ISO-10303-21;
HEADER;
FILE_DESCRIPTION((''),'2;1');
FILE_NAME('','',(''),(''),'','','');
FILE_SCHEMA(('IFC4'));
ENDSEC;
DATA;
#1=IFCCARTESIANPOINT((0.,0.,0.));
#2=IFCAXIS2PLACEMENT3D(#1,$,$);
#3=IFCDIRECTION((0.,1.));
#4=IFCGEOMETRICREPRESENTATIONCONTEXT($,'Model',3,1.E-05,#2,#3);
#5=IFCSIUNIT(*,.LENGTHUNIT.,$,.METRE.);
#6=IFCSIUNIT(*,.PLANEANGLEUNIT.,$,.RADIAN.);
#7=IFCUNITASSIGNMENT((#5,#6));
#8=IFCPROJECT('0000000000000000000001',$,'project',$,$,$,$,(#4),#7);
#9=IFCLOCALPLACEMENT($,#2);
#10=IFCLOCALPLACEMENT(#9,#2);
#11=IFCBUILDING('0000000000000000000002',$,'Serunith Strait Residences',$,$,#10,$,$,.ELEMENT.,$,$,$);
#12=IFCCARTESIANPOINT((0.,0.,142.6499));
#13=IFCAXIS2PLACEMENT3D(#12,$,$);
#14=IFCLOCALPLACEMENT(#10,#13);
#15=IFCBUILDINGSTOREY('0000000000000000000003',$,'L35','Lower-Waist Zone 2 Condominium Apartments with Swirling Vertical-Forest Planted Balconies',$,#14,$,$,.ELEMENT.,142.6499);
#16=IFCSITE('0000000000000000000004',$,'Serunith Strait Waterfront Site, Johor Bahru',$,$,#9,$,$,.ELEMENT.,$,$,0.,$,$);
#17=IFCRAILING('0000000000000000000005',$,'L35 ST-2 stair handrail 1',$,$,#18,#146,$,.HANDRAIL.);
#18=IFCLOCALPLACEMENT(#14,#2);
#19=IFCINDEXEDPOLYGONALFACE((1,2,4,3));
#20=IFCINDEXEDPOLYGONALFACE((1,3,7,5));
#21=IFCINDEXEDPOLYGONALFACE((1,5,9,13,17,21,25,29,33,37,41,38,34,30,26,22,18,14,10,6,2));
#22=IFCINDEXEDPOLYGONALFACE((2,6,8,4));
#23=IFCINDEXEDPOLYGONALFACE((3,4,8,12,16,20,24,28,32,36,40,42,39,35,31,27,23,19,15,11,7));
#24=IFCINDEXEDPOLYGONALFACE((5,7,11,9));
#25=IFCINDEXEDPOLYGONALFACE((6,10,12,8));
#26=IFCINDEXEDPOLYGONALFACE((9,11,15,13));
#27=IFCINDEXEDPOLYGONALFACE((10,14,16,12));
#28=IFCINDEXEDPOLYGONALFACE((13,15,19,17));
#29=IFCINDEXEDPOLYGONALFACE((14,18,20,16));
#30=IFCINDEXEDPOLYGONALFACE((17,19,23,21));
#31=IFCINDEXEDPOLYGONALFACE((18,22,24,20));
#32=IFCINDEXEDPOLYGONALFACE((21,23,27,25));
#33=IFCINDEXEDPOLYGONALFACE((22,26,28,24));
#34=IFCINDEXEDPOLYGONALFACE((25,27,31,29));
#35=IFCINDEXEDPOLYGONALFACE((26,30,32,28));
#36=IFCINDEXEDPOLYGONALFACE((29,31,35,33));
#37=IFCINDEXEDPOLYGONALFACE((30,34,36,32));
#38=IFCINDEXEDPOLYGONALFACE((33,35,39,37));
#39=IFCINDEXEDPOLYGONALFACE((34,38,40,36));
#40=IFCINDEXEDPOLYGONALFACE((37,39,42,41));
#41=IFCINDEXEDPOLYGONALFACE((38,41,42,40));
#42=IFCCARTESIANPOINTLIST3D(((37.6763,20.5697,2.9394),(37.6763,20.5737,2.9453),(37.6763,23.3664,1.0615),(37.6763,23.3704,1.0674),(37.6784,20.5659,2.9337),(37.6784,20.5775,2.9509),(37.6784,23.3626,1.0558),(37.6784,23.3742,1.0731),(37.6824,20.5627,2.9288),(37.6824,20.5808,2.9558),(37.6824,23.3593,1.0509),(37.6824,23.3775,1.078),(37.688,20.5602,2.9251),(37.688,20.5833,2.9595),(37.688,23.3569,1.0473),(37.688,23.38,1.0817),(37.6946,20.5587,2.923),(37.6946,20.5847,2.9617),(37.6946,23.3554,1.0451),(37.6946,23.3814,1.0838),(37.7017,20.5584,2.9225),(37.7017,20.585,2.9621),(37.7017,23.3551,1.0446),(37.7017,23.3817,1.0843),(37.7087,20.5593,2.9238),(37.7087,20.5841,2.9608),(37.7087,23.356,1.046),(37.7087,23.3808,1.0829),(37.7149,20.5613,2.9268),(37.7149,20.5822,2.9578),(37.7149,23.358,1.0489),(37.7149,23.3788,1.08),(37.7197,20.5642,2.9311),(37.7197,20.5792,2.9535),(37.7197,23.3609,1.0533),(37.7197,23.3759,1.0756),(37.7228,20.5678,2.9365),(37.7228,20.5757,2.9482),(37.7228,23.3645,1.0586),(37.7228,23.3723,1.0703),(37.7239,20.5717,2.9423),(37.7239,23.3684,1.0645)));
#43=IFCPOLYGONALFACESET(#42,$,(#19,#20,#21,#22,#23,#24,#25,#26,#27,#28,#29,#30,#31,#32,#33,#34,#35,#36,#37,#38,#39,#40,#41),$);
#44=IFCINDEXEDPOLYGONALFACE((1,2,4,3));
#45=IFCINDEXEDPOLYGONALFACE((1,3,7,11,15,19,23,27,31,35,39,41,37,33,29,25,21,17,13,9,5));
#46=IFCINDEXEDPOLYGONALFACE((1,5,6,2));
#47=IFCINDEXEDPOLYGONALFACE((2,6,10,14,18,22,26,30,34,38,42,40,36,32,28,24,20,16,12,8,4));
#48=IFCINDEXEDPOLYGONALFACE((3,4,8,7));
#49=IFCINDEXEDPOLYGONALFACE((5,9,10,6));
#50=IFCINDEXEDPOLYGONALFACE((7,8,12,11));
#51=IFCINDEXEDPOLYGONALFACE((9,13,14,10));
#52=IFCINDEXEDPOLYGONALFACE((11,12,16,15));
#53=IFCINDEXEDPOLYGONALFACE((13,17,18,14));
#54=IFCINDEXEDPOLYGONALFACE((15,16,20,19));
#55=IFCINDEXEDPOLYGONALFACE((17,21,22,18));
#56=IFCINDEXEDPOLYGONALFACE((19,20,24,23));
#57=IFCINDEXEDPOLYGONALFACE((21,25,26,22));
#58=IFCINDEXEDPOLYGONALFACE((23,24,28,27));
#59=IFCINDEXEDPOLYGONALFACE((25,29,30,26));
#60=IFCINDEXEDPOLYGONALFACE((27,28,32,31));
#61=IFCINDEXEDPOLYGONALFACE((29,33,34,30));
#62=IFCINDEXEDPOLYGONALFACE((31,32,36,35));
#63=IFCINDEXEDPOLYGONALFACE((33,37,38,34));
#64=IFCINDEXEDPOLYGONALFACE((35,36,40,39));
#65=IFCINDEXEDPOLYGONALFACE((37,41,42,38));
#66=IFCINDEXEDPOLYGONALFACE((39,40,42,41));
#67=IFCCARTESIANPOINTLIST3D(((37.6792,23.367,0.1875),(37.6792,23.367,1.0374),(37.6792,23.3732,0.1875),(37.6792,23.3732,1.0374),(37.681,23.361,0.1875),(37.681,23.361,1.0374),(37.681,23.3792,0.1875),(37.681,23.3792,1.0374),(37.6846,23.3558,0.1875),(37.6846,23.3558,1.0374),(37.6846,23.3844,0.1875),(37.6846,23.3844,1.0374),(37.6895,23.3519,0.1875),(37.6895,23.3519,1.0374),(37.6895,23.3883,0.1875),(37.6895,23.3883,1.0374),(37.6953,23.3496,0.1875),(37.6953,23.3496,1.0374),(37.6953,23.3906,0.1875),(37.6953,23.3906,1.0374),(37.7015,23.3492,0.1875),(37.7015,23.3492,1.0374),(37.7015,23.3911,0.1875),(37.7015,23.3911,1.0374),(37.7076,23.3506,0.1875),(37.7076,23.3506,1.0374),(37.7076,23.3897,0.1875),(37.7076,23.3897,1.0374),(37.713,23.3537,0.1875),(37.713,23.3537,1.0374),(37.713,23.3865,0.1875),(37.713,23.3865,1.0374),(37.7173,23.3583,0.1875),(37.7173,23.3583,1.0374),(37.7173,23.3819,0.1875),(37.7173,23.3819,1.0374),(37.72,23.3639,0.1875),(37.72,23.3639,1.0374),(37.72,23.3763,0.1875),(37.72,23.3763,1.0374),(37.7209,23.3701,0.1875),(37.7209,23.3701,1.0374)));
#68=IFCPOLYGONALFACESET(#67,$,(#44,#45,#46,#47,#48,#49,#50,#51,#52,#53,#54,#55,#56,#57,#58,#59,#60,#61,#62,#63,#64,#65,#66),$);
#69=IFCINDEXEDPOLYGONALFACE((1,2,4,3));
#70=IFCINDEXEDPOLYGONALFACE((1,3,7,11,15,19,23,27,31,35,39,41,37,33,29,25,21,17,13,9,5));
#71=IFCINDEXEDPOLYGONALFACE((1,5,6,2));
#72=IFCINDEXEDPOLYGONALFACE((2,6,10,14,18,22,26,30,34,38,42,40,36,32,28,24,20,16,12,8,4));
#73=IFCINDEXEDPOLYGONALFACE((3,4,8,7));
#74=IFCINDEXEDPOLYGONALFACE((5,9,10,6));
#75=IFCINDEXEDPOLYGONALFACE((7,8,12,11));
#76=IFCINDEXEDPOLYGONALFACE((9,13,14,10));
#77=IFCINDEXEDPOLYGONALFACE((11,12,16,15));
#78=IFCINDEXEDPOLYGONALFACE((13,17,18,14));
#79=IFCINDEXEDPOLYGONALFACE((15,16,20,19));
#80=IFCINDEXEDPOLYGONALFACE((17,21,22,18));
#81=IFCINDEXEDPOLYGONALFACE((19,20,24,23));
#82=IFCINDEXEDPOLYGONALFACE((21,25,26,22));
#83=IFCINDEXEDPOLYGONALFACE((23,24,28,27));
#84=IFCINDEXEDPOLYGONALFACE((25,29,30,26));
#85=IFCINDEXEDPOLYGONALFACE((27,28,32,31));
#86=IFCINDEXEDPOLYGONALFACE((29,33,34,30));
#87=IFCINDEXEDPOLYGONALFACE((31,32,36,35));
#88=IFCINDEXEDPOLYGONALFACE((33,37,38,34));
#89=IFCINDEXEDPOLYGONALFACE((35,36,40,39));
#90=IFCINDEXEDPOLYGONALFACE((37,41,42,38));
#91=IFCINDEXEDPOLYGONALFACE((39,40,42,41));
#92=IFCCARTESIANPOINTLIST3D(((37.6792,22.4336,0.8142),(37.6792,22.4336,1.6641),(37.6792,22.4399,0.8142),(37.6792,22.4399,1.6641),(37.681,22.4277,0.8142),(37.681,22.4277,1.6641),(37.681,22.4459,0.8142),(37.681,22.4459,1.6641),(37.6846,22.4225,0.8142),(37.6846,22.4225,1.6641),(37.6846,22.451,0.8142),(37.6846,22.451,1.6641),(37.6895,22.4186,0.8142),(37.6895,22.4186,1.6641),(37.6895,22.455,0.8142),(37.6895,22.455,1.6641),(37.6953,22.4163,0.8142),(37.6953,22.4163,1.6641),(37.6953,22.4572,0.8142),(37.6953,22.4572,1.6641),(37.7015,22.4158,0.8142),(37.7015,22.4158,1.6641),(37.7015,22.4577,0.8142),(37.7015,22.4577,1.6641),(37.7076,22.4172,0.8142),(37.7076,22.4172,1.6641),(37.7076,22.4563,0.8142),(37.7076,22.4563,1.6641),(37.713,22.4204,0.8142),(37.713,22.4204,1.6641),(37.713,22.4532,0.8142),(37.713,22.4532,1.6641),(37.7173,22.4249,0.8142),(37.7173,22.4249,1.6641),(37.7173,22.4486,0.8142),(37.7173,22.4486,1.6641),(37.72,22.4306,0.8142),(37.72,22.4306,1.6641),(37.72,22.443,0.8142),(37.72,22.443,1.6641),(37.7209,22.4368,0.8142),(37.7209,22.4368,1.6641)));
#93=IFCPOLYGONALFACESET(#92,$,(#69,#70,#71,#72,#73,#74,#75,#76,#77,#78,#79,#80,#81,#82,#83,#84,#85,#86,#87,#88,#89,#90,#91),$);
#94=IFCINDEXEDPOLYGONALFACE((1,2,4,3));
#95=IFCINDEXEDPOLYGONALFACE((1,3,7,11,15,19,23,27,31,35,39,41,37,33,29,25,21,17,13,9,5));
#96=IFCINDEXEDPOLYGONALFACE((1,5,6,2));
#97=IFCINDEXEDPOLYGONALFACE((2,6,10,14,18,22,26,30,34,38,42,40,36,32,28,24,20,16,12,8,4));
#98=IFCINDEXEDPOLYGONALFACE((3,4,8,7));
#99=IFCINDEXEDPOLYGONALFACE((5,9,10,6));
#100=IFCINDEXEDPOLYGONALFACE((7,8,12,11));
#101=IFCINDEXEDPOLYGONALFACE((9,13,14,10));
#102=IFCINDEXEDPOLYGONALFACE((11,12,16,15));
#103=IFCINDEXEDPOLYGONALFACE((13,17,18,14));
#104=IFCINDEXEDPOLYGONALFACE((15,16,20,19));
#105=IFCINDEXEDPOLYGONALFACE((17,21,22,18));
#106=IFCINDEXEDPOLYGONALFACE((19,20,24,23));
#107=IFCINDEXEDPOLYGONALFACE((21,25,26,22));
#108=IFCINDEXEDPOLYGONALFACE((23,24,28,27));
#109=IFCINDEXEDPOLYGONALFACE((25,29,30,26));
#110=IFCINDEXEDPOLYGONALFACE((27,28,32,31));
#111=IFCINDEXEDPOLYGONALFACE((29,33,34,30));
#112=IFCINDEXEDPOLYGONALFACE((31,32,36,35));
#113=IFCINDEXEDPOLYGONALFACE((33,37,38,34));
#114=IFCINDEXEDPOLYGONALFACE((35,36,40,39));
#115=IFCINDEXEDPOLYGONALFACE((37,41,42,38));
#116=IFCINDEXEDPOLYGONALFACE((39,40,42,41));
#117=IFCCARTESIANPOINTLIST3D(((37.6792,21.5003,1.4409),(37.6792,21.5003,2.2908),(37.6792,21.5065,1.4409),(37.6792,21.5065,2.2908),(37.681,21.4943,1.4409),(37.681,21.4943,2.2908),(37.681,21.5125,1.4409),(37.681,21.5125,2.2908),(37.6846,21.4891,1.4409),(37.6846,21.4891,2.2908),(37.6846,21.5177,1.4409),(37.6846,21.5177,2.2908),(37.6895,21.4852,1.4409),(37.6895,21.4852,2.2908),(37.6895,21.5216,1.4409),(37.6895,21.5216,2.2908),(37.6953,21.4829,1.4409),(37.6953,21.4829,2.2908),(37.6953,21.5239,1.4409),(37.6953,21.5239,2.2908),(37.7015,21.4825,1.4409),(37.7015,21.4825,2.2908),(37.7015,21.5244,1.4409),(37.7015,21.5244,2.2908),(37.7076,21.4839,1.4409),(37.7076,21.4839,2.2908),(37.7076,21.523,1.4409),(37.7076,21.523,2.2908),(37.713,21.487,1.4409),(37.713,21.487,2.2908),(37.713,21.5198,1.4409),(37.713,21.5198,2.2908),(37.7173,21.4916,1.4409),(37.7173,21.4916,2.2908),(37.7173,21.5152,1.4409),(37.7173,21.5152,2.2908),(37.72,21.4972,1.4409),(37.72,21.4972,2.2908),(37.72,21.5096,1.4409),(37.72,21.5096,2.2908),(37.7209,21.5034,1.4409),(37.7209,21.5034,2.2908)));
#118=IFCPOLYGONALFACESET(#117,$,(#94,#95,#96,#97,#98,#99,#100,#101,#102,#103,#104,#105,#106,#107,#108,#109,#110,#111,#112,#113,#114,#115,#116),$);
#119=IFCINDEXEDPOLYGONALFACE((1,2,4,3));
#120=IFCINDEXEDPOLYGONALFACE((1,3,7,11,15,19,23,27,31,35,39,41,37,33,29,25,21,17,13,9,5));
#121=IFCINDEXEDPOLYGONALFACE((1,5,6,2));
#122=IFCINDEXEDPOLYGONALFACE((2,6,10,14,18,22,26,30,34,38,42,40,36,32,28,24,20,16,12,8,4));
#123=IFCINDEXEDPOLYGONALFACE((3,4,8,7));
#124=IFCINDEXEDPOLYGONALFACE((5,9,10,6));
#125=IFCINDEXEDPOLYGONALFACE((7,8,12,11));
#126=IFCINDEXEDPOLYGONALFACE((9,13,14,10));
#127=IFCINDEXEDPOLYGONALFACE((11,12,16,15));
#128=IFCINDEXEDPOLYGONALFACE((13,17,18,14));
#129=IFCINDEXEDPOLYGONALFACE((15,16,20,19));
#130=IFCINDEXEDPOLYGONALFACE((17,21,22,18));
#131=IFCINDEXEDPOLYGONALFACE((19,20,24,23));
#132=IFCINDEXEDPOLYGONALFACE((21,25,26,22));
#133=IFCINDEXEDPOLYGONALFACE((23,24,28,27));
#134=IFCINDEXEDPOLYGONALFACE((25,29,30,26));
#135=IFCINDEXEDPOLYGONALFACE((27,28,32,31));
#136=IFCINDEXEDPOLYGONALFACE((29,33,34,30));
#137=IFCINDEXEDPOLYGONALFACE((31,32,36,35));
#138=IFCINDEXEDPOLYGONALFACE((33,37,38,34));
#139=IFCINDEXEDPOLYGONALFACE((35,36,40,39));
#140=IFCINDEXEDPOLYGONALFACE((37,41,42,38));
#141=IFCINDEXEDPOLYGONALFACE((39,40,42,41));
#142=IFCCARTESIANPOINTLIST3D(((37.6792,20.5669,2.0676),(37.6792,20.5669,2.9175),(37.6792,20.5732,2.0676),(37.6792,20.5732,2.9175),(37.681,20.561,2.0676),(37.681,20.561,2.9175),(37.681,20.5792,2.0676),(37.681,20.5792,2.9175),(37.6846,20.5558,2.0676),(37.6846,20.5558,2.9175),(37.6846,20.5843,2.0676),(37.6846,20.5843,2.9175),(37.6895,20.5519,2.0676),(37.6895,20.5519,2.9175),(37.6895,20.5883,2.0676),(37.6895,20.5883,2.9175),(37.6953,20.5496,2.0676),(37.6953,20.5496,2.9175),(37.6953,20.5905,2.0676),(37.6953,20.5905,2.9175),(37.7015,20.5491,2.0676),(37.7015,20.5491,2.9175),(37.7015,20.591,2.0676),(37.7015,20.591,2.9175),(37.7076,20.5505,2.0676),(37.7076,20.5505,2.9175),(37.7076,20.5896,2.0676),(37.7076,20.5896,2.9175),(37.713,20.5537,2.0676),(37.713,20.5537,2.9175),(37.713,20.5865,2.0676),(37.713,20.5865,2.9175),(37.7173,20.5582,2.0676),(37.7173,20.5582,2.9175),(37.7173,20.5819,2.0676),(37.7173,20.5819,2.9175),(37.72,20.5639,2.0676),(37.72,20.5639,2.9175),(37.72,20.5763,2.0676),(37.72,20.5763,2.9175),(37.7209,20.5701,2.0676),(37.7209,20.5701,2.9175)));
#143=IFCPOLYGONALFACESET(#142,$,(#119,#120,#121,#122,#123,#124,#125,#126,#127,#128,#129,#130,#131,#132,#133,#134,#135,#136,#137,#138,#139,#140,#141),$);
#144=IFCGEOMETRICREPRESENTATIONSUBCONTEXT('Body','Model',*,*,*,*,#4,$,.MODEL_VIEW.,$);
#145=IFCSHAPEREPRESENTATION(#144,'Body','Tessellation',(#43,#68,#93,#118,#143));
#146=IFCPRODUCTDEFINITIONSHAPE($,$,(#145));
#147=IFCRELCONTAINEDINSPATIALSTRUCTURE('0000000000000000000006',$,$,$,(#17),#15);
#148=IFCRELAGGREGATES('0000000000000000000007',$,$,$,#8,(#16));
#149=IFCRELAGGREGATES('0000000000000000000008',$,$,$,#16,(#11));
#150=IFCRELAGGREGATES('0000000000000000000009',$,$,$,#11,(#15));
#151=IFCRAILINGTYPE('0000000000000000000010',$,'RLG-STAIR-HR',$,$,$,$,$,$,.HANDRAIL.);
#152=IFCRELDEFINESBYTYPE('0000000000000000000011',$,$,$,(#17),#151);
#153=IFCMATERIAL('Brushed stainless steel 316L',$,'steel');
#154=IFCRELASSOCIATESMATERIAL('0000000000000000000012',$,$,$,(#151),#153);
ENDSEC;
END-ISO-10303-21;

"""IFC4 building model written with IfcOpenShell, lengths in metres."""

from ifc_helpers import new_model, si_unit, direction, frame, origin, origin_2d, place, context, subcontext, project, spatial, circle, extrude, material, type_object, element, save


model = new_model("IFC4")

# Units and contexts
model_context = context("Model", 3, precision=1e-05, world=origin(), true_north=direction((0.0, 1.0)))
body_context = subcontext(model_context, "Body", "Model", "MODEL_VIEW")
ifc_project = project(units=[si_unit("LENGTHUNIT", "METRE"), si_unit("PLANEANGLEUNIT", "RADIAN")], contexts=[model_context])

# Site, building, storey
site_placement = place(None, origin())
site = spatial("IfcSite", under=ifc_project, at=site_placement, Name="Serunith Strait Waterfront Site, Johor Bahru", CompositionType="ELEMENT", RefElevation=0.0)
building_placement = place(site_placement, origin())
building = spatial("IfcBuilding", under=site, at=building_placement, Name="Serunith Strait Residences", CompositionType="ELEMENT")
storey_placement = place(building_placement, frame((0.0, 0.0, 142.6499)))
storey = spatial("IfcBuildingStorey", under=building, at=storey_placement, Name="L35", Description="Lower-Waist Zone 2 Condominium Apartments with Swirling Vertical-Forest Planted Balconies", CompositionType="ELEMENT", Elevation=142.6499)

# Railing
ifc_material_1 = material(Name="Brushed stainless steel 316L", Category="steel")
railing_type_1 = type_object("IfcRailingType", Name="RLG-STAIR-HR", PredefinedType="HANDRAIL", material=ifc_material_1)
railing_1_placement = place(storey_placement, frame((37.7, 23.3701, 0.1875)))
element("IfcRailing", 1, at=railing_1_placement, inside=storey, type_object=railing_type_1, Name="L35 ST-2 stair handrail 1", PredefinedType="HANDRAIL", context=body_context, shape_type="SweptSolid", body=[
    extrude(circle(Radius=0.0239, at=origin_2d()), frame((0.0, -0.0017, 0.877), z_axis=(0.0, -0.830208, 0.557453), x_axis=(1.0, 0.0, 0.0)), (0.0, 0.0, 1.0), 3.3687),
    extrude(circle(Radius=0.021, at=origin_2d()), origin(), (0.0, 0.0, 1.0), 0.8499),
    extrude(circle(Radius=0.021, at=origin_2d()), frame((0.0, -0.9333, 0.6267)), (0.0, 0.0, 1.0), 0.8499),
    extrude(circle(Radius=0.021, at=origin_2d()), frame((0.0, -1.8667, 1.2534)), (0.0, 0.0, 1.0), 0.8499),
    extrude(circle(Radius=0.021, at=origin_2d()), frame((0.0, -2.8, 1.8801)), (0.0, 0.0, 1.0), 0.8499),
])

save(model, "model.ifc")
